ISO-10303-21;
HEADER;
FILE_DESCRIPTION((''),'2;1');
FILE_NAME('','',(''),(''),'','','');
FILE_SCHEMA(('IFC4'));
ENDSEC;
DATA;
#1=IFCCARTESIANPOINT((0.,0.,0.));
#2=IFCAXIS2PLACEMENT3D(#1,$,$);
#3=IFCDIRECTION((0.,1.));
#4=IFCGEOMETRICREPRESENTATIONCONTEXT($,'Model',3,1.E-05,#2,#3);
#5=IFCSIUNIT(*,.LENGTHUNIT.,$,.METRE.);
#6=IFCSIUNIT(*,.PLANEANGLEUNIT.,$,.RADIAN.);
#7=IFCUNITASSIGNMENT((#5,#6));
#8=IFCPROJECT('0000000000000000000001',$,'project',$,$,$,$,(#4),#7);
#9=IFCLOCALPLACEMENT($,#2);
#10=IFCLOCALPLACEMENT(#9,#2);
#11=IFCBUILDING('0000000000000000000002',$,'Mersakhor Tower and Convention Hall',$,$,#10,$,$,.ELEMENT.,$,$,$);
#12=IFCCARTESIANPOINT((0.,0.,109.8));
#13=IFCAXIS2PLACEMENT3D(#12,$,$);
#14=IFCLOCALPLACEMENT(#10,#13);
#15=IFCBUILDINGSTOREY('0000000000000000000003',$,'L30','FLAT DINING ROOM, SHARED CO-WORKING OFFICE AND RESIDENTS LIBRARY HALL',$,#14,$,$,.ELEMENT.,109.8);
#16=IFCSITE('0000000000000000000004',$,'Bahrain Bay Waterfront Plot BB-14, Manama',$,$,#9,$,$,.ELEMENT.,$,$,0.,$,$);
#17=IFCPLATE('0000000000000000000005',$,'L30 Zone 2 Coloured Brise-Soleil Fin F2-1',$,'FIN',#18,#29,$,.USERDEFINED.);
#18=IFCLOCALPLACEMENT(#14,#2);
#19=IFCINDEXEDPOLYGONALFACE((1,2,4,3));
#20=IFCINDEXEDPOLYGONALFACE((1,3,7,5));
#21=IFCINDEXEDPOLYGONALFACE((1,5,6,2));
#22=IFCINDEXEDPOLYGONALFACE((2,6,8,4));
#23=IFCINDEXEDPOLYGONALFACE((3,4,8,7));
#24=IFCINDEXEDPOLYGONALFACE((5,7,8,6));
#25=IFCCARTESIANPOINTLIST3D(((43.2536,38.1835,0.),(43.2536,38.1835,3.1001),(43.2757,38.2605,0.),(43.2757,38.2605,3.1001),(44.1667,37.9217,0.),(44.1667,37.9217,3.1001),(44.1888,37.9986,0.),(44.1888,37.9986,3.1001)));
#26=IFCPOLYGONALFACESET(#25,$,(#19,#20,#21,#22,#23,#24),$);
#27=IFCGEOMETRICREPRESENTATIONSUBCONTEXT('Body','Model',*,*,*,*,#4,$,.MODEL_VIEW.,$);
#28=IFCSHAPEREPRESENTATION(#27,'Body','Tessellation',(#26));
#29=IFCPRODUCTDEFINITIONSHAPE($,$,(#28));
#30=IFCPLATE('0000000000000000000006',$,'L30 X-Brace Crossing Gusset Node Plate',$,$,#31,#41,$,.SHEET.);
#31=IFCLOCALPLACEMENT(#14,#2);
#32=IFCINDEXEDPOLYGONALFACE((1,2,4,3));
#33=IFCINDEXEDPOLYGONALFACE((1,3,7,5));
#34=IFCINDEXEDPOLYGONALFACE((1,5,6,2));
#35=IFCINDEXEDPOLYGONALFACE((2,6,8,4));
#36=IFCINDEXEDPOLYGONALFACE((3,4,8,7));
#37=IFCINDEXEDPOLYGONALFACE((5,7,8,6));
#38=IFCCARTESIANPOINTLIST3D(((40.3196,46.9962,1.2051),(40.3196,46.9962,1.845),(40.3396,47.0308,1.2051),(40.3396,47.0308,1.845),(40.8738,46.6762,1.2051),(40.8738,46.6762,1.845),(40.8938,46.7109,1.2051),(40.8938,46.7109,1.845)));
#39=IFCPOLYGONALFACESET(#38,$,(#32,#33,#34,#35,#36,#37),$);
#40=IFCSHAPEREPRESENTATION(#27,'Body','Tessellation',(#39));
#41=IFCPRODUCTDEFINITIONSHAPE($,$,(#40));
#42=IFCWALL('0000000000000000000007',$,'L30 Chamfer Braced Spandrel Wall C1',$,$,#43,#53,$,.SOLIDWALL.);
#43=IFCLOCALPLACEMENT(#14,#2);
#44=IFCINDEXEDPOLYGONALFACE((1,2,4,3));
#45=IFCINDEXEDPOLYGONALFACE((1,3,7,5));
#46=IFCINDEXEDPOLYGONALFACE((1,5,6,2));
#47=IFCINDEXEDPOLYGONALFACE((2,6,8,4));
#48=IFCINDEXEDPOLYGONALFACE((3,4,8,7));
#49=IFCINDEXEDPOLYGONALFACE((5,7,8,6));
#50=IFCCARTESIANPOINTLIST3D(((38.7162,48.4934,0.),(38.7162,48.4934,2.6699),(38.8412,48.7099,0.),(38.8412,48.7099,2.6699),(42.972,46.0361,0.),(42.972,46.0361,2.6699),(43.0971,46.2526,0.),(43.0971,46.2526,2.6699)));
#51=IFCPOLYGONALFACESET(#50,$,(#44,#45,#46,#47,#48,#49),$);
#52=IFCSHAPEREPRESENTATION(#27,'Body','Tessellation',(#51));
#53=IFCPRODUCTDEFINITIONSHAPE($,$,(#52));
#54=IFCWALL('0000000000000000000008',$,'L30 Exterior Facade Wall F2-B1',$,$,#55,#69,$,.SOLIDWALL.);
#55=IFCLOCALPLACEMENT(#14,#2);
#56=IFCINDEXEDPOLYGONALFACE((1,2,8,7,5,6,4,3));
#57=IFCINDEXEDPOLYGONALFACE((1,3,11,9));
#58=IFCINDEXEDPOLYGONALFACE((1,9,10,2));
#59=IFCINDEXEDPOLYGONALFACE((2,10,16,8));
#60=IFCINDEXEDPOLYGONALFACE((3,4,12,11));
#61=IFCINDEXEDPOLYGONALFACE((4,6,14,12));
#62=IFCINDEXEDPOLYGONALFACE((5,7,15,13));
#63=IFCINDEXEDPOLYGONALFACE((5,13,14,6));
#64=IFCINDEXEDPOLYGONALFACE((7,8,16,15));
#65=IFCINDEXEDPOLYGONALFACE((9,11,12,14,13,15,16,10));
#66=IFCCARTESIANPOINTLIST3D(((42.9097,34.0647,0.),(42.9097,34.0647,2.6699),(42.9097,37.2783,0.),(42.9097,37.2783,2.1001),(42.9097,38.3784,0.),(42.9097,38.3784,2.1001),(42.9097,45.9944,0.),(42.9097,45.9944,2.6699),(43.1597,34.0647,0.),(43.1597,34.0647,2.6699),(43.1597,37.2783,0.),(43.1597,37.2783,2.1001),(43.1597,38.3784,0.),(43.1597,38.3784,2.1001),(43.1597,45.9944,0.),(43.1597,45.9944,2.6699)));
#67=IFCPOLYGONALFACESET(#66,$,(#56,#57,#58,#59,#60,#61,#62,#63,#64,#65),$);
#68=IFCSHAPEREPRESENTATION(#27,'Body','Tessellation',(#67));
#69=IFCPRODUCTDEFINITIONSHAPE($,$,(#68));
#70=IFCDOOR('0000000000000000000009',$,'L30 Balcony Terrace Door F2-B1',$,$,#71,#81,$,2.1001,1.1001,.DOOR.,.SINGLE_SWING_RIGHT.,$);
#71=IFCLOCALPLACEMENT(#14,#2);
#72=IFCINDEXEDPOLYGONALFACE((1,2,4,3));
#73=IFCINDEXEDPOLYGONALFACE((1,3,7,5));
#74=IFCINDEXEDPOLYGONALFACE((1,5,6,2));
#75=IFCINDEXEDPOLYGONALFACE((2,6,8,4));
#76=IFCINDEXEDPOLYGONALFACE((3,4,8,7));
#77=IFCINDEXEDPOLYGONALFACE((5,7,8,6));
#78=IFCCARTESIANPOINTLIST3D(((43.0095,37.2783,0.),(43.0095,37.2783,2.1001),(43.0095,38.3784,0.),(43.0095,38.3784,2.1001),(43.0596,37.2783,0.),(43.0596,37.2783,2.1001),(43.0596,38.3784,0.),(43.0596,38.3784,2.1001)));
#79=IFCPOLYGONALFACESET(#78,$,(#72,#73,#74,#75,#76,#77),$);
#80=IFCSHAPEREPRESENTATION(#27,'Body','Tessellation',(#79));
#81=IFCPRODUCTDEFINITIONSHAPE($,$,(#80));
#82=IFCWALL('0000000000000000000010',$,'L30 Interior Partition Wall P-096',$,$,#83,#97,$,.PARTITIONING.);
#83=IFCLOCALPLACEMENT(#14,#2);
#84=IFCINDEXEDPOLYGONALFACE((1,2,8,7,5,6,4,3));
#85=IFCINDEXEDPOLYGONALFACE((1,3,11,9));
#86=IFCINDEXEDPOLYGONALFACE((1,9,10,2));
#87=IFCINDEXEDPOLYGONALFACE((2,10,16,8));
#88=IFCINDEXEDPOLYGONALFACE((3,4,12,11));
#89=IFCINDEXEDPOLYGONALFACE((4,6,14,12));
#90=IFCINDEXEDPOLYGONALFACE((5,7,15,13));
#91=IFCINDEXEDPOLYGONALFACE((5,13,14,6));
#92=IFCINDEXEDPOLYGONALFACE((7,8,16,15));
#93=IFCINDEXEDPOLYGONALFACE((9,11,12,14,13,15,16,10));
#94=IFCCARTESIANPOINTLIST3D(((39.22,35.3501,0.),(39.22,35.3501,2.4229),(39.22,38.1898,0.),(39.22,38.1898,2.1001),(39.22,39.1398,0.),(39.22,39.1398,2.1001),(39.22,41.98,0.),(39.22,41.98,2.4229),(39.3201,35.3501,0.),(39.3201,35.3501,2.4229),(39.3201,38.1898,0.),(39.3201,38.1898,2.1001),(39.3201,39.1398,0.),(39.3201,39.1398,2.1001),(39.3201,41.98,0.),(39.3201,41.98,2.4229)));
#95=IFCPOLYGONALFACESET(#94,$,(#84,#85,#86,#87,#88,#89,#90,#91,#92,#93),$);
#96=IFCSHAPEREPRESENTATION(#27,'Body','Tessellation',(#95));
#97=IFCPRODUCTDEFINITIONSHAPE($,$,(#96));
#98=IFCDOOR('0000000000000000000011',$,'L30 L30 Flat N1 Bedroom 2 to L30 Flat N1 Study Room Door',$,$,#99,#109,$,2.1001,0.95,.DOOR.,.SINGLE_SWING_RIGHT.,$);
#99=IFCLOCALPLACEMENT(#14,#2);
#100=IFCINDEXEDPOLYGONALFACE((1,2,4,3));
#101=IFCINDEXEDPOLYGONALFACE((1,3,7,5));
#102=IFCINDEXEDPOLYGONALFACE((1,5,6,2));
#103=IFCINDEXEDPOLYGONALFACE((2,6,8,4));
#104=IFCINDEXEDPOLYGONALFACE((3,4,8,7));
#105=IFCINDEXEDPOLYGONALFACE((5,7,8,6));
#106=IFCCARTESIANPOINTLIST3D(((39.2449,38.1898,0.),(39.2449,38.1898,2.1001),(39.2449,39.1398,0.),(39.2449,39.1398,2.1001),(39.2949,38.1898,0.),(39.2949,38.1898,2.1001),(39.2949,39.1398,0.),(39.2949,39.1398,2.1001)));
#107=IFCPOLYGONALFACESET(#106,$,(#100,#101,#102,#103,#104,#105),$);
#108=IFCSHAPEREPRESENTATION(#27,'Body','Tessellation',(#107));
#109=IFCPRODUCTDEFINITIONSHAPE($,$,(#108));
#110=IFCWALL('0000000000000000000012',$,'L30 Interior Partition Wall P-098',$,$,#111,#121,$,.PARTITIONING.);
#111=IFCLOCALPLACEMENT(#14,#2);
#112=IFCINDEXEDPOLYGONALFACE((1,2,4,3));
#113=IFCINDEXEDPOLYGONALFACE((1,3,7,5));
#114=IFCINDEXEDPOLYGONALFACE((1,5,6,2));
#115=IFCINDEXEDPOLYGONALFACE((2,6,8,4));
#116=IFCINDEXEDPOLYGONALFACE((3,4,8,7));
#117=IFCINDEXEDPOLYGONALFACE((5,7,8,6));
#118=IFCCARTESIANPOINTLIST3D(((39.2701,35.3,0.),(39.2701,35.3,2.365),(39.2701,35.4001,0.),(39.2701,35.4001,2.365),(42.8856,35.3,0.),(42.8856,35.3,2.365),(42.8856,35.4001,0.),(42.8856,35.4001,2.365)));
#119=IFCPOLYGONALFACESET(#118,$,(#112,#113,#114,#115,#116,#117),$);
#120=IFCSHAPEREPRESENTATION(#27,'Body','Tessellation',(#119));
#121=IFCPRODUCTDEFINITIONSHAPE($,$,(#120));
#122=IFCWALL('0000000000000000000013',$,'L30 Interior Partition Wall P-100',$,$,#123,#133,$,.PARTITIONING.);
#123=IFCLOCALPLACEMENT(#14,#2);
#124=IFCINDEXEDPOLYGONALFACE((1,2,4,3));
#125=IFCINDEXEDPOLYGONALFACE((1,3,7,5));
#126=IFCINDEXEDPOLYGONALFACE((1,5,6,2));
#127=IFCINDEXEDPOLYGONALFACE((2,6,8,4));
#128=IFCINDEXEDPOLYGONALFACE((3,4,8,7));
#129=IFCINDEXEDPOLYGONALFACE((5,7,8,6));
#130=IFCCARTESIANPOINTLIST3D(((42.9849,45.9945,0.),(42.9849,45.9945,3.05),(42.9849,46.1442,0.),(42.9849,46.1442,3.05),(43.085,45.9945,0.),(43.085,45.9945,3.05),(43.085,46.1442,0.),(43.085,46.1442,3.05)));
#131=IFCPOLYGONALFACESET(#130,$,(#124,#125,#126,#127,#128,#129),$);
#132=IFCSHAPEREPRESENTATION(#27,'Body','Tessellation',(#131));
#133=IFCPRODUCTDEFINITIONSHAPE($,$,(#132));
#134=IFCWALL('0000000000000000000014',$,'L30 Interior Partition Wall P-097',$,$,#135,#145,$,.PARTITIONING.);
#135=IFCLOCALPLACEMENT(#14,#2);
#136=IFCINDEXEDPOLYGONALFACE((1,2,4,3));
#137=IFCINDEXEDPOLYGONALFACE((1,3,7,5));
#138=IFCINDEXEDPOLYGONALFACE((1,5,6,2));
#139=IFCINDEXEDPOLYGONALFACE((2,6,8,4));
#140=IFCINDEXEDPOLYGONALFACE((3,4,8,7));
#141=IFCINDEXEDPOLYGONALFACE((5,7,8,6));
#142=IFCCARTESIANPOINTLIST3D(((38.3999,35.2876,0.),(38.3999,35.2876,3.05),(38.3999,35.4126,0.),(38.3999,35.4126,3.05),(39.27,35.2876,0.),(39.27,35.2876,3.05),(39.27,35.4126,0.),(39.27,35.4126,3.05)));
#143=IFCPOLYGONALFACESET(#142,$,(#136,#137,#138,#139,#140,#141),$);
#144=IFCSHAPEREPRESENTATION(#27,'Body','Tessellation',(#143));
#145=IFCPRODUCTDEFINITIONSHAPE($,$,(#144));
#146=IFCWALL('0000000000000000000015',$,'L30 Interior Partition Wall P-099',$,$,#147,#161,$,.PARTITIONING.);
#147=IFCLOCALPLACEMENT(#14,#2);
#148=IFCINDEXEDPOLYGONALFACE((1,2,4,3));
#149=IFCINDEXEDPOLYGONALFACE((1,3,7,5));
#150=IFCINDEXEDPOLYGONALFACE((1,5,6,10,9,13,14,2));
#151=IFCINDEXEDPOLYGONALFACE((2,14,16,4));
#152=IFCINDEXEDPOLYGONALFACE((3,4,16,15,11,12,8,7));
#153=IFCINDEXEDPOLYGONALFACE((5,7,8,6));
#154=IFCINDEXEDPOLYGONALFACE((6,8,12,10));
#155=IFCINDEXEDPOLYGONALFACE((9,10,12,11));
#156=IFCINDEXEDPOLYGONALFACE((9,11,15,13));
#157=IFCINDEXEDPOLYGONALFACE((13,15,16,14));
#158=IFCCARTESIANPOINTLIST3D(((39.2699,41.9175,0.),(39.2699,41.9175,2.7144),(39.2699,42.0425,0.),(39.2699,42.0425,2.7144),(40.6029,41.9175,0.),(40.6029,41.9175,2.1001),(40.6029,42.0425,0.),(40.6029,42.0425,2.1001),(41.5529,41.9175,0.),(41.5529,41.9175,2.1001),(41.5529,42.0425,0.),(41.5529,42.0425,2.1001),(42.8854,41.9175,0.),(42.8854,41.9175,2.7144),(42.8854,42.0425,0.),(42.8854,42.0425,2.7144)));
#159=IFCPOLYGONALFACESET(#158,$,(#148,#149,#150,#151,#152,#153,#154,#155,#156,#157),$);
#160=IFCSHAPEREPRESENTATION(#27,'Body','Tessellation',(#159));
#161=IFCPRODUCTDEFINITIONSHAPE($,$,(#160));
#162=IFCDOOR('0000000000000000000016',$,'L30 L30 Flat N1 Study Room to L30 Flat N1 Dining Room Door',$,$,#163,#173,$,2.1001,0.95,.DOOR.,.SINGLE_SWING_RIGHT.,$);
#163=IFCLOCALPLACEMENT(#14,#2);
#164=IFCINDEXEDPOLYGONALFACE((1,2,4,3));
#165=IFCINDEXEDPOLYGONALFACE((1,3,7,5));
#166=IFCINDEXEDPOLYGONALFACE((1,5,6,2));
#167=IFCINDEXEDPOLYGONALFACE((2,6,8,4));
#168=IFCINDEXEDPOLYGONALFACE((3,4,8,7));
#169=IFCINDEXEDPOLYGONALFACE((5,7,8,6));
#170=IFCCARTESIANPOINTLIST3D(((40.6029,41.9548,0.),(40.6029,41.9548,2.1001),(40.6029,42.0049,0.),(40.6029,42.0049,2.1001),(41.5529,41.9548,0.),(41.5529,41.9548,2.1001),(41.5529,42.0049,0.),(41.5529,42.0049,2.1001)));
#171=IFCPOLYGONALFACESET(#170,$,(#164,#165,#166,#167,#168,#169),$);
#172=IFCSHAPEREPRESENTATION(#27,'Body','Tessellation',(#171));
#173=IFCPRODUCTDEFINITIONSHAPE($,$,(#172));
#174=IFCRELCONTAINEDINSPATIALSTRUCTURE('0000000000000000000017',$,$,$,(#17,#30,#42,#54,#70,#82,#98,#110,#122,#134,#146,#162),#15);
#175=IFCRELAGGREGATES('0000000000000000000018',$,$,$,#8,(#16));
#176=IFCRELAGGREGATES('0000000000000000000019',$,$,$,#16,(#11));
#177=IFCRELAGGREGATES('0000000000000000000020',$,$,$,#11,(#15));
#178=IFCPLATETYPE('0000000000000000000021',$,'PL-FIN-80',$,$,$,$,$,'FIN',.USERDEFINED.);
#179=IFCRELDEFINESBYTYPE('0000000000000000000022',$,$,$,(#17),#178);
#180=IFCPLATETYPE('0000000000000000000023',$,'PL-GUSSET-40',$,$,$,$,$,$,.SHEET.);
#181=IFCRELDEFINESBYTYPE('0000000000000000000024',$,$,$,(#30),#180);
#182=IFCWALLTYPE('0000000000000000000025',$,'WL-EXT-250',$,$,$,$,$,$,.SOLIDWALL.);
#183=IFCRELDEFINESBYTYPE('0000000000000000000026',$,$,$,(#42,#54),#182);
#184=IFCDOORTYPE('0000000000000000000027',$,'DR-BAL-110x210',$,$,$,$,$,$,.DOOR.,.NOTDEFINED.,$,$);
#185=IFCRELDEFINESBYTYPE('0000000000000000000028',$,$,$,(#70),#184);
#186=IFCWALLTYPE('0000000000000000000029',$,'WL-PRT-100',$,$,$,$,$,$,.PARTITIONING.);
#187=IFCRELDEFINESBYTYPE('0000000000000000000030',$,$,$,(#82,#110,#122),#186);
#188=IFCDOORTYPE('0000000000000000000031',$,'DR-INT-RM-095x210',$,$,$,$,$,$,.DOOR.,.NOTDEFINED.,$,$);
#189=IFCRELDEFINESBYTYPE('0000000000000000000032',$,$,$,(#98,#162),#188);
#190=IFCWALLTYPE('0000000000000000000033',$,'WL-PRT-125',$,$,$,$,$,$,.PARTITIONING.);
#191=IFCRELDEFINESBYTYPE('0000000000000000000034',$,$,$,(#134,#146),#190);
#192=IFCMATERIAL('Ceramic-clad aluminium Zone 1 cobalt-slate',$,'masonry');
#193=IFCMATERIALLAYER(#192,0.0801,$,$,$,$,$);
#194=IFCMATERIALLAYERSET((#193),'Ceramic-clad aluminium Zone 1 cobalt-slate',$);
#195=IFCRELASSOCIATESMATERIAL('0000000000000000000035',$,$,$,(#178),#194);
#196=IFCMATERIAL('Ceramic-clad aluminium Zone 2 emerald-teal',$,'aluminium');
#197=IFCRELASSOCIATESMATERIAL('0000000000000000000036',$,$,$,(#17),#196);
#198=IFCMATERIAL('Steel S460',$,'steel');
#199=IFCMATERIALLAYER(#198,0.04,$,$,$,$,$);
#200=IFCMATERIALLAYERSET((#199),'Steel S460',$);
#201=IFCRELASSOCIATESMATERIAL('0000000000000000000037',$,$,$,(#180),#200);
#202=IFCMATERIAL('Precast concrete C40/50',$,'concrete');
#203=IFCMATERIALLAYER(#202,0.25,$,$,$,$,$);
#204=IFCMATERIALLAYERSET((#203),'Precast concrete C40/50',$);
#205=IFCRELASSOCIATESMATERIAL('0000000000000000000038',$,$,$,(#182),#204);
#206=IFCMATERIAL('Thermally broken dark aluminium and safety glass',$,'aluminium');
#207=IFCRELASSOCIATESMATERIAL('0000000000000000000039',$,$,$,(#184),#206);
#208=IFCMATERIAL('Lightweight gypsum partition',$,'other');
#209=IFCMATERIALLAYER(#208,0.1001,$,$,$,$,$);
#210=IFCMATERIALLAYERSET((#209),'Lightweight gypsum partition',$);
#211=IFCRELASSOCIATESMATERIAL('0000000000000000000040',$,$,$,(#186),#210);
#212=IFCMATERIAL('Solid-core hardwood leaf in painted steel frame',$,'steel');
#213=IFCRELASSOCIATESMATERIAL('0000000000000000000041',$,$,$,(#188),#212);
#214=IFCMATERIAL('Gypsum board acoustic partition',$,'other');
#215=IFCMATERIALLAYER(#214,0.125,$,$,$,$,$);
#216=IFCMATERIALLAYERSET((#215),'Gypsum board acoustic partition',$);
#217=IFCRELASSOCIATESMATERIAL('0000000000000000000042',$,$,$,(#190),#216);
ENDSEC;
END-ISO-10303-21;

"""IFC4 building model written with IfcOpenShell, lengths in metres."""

from ifc_helpers import new_model, si_unit, direction, frame, frame_2d, origin, origin_2d, place, context, subcontext, project, spatial, rectangle, extrude, material, layer, layer_set, type_object, element, fill, save


model = new_model("IFC4")

# Units and contexts
model_context = context("Model", 3, precision=1e-05, world=origin(), true_north=direction((0.0, 1.0)))
body_context = subcontext(model_context, "Body", "Model", "MODEL_VIEW")
ifc_project = project(units=[si_unit("LENGTHUNIT", "METRE"), si_unit("PLANEANGLEUNIT", "RADIAN")], contexts=[model_context])

# Site, building, storey
site_placement = place(None, origin())
site = spatial("IfcSite", under=ifc_project, at=site_placement, Name="Bahrain Bay Waterfront Plot BB-14, Manama", CompositionType="ELEMENT", RefElevation=0.0)
building_placement = place(site_placement, origin())
building = spatial("IfcBuilding", under=site, at=building_placement, Name="Mersakhor Tower and Convention Hall", CompositionType="ELEMENT")
storey_placement = place(building_placement, frame((0.0, 0.0, 109.8)))
storey = spatial("IfcBuildingStorey", under=building, at=storey_placement, Name="L30", Description="FLAT DINING ROOM, SHARED CO-WORKING OFFICE AND RESIDENTS LIBRARY HALL", CompositionType="ELEMENT", Elevation=109.8)

# Plates
ifc_material_1 = material(Name="Ceramic-clad aluminium Zone 2 emerald-teal", Category="aluminium")
ifc_material_2 = material(Name="Ceramic-clad aluminium Zone 1 cobalt-slate", Category="masonry")
ifc_layer_1 = layer(ifc_material_2, 0.0801)
ifc_layer_set_1 = layer_set([ifc_layer_1], Name="Ceramic-clad aluminium Zone 1 cobalt-slate")
plate_type_1 = type_object("IfcPlateType", Name="PL-FIN-80", ElementType="FIN", PredefinedType="USERDEFINED", material=ifc_layer_set_1)
plate_1_placement = place(storey_placement, frame((43.7212, 38.0911, 0.0), z_axis=(0.0, 0.0, 1.0), x_axis=(0.961262, -0.275637, 0.0)))
element("IfcPlate", 1, at=plate_1_placement, inside=storey, type_object=plate_type_1, material=ifc_material_1, Name="L30 Zone 2 Coloured Brise-Soleil Fin F2-1", ObjectType="FIN", PredefinedType="USERDEFINED", context=body_context, shape_type="SweptSolid", body=[
    extrude(rectangle(XDim=0.95, YDim=0.0801, at=origin_2d()), origin(), (0.0, 0.0, 1.0), 3.1001),
])
ifc_material_3 = material(Name="Steel S460", Category="steel")
ifc_layer_2 = layer(ifc_material_3, 0.04)
ifc_layer_set_2 = layer_set([ifc_layer_2], Name="Steel S460")
plate_type_2 = type_object("IfcPlateType", Name="PL-GUSSET-40", PredefinedType="SHEET", material=ifc_layer_set_2)
plate_2_placement = place(storey_placement, frame((40.6067, 46.8535, 1.2051), z_axis=(0.0, 0.0, 1.0), x_axis=(-0.866025, 0.5, 0.0)))
element("IfcPlate", 2, at=plate_2_placement, inside=storey, type_object=plate_type_2, Name="L30 X-Brace Crossing Gusset Node Plate", PredefinedType="SHEET", context=body_context, shape_type="SweptSolid", body=[
    extrude(rectangle(XDim=0.6399, YDim=0.04, at=origin_2d()), origin(), (0.0, 0.0, 1.0), 0.6399),
])

# Wall
ifc_material_4 = material(Name="Precast concrete C40/50", Category="concrete")
ifc_layer_3 = layer(ifc_material_4, 0.25)
ifc_layer_set_3 = layer_set([ifc_layer_3], Name="Precast concrete C40/50")
wall_type_1 = type_object("IfcWallType", Name="WL-EXT-250", PredefinedType="SOLIDWALL", material=ifc_layer_set_3)
wall_1_placement = place(storey_placement, frame((38.7788, 48.6016, 0.0), z_axis=(0.0, 0.0, 1.0), x_axis=(0.866012, -0.500023, 0.0)))
element("IfcWall", 3, at=wall_1_placement, inside=storey, type_object=wall_type_1, Name="L30 Chamfer Braced Spandrel Wall C1", PredefinedType="SOLIDWALL", context=body_context, shape_type="SweptSolid", body=[
    extrude(rectangle(XDim=4.9143, YDim=0.25, at=frame_2d((2.457, 0.0))), origin(), (0.0, 0.0, 1.0), 2.6699),
])

# Walls, openings, doors
wall_2_placement = place(storey_placement, frame((43.0347, 45.9944, 0.0), z_axis=(0.0, 0.0, 1.0), x_axis=(0.0, -1.0, 0.0)))
wall_2 = element("IfcWall", 4, at=wall_2_placement, inside=storey, type_object=wall_type_1, Name="L30 Exterior Facade Wall F2-B1", PredefinedType="SOLIDWALL", context=body_context, shape_type="SweptSolid", body=[
    extrude(rectangle(XDim=11.9297, YDim=0.25, at=frame_2d((5.9648, 0.0))), origin(), (0.0, 0.0, 1.0), 2.6699),
])
opening_1_placement = place(wall_2_placement, frame((7.616, 0.0, 0.0)))
opening_1 = element("IfcOpeningElement", 5, at=opening_1_placement, cuts=wall_2, PredefinedType="OPENING", context=body_context, shape_type="SweptSolid", body=[
    extrude(rectangle(XDim=1.1001, YDim=2.1001, at=frame_2d((0.55, 1.05))), frame((0.0, 0.135, 0.0), z_axis=(0.0, -1.0, 0.0), x_axis=(1.0, 0.0, 0.0)), (0.0, 0.0, 1.0), 0.27),
])
ifc_material_5 = material(Name="Thermally broken dark aluminium and safety glass", Category="aluminium")
door_type_1 = type_object("IfcDoorType", Name="DR-BAL-110x210", OperationType="NOTDEFINED", PredefinedType="DOOR", material=ifc_material_5)
door_1_placement = place(opening_1_placement, origin())
door_1 = element("IfcDoor", 6, at=door_1_placement, inside=storey, type_object=door_type_1, Name="L30 Balcony Terrace Door F2-B1", OperationType="SINGLE_SWING_RIGHT", OverallHeight=2.1001, OverallWidth=1.1001, PredefinedType="DOOR", context=body_context, shape_type="SweptSolid", body=[
    extrude(rectangle(XDim=1.1001, YDim=2.1001, at=frame_2d((0.55, 1.05))), frame((0.0, 0.0249, 0.0), z_axis=(0.0, -1.0, 0.0), x_axis=(1.0, 0.0, 0.0)), (0.0, 0.0, 1.0), 0.05),
])
fill(opening_1, door_1)
ifc_material_6 = material(Name="Lightweight gypsum partition", Category="other")
ifc_layer_4 = layer(ifc_material_6, 0.1001)
ifc_layer_set_4 = layer_set([ifc_layer_4], Name="Lightweight gypsum partition")
wall_type_2 = type_object("IfcWallType", Name="WL-PRT-100", PredefinedType="PARTITIONING", material=ifc_layer_set_4)
wall_3_placement = place(storey_placement, frame((39.27, 41.98, 0.0), z_axis=(0.0, 0.0, 1.0), x_axis=(0.0, -1.0, 0.0)))
wall_3 = element("IfcWall", 7, at=wall_3_placement, inside=storey, type_object=wall_type_2, Name="L30 Interior Partition Wall P-096", PredefinedType="PARTITIONING", context=body_context, shape_type="SweptSolid", body=[
    extrude(rectangle(XDim=6.6299, YDim=0.1001, at=frame_2d((3.3149, 0.0))), origin(), (0.0, 0.0, 1.0), 2.4229),
])
opening_2_placement = place(wall_3_placement, frame((2.8401, 0.0, 0.0)))
opening_2 = element("IfcOpeningElement", 8, at=opening_2_placement, cuts=wall_3, PredefinedType="OPENING", context=body_context, shape_type="SweptSolid", body=[
    extrude(rectangle(XDim=0.95, YDim=2.1001, at=frame_2d((0.4751, 1.05))), frame((0.0, 0.0601, 0.0), z_axis=(0.0, -1.0, 0.0), x_axis=(1.0, 0.0, 0.0)), (0.0, 0.0, 1.0), 0.1201),
])
ifc_material_7 = material(Name="Solid-core hardwood leaf in painted steel frame", Category="steel")
door_type_2 = type_object("IfcDoorType", Name="DR-INT-RM-095x210", OperationType="NOTDEFINED", PredefinedType="DOOR", material=ifc_material_7)
door_2_placement = place(opening_2_placement, origin())
door_2 = element("IfcDoor", 9, at=door_2_placement, inside=storey, type_object=door_type_2, Name="L30 L30 Flat N1 Bedroom 2 to L30 Flat N1 Study Room Door", OperationType="SINGLE_SWING_RIGHT", OverallHeight=2.1001, OverallWidth=0.95, PredefinedType="DOOR", context=body_context, shape_type="SweptSolid", body=[
    extrude(rectangle(XDim=0.95, YDim=2.1001, at=frame_2d((0.4751, 1.05))), frame((0.0, 0.0249, 0.0), z_axis=(0.0, -1.0, 0.0), x_axis=(1.0, 0.0, 0.0)), (0.0, 0.0, 1.0), 0.05),
])
fill(opening_2, door_2)

# Walls
wall_4_placement = place(storey_placement, frame((42.8855, 35.3501, 0.0), z_axis=(0.0, 0.0, 1.0), x_axis=(-1.0, 0.0, 0.0)))
element("IfcWall", 10, at=wall_4_placement, inside=storey, type_object=wall_type_2, Name="L30 Interior Partition Wall P-098", PredefinedType="PARTITIONING", context=body_context, shape_type="SweptSolid", body=[
    extrude(rectangle(XDim=3.6155, YDim=0.1001, at=frame_2d((1.8076, 0.0))), origin(), (0.0, 0.0, 1.0), 2.365),
])
wall_5_placement = place(storey_placement, frame((43.0349, 46.144, 0.0), z_axis=(0.0, 0.0, 1.0), x_axis=(0.0, -1.0, 0.0)))
element("IfcWall", 11, at=wall_5_placement, inside=storey, type_object=wall_type_2, Name="L30 Interior Partition Wall P-100", PredefinedType="PARTITIONING", context=body_context, shape_type="SweptSolid", body=[
    extrude(rectangle(XDim=0.1497, YDim=0.1001, at=frame_2d((0.0747, 0.0))), origin(), (0.0, 0.0, 1.0), 3.05),
])
ifc_material_8 = material(Name="Gypsum board acoustic partition", Category="other")
ifc_layer_5 = layer(ifc_material_8, 0.125)
ifc_layer_set_5 = layer_set([ifc_layer_5], Name="Gypsum board acoustic partition")
wall_type_3 = type_object("IfcWallType", Name="WL-PRT-125", PredefinedType="PARTITIONING", material=ifc_layer_set_5)
wall_6_placement = place(storey_placement, frame((39.27, 35.3501, 0.0), z_axis=(0.0, 0.0, 1.0), x_axis=(-1.0, 0.0, 0.0)))
element("IfcWall", 12, at=wall_6_placement, inside=storey, type_object=wall_type_3, Name="L30 Interior Partition Wall P-097", PredefinedType="PARTITIONING", context=body_context, shape_type="SweptSolid", body=[
    extrude(rectangle(XDim=0.8701, YDim=0.125, at=frame_2d((0.4351, 0.0))), origin(), (0.0, 0.0, 1.0), 3.05),
])

# Wall, opening, door
wall_7_placement = place(storey_placement, frame((39.27, 41.98, 0.0), z_axis=(0.0, 0.0, 1.0), x_axis=(1.0, 0.0, 0.0)))
wall_7 = element("IfcWall", 13, at=wall_7_placement, inside=storey, type_object=wall_type_3, Name="L30 Interior Partition Wall P-099", PredefinedType="PARTITIONING", context=body_context, shape_type="SweptSolid", body=[
    extrude(rectangle(XDim=3.6155, YDim=0.125, at=frame_2d((1.8076, 0.0))), origin(), (0.0, 0.0, 1.0), 2.7144),
])
opening_3_placement = place(wall_7_placement, frame((1.3328, 0.0, 0.0)))
opening_3 = element("IfcOpeningElement", 14, at=opening_3_placement, cuts=wall_7, PredefinedType="OPENING", context=body_context, shape_type="SweptSolid", body=[
    extrude(rectangle(XDim=0.95, YDim=2.1001, at=frame_2d((0.4751, 1.05))), frame((0.0, 0.0725, 0.0), z_axis=(0.0, -1.0, 0.0), x_axis=(1.0, 0.0, 0.0)), (0.0, 0.0, 1.0), 0.145),
])
door_3_placement = place(opening_3_placement, origin())
door_3 = element("IfcDoor", 15, at=door_3_placement, inside=storey, type_object=door_type_2, Name="L30 L30 Flat N1 Study Room to L30 Flat N1 Dining Room Door", OperationType="SINGLE_SWING_RIGHT", OverallHeight=2.1001, OverallWidth=0.95, PredefinedType="DOOR", context=body_context, shape_type="SweptSolid", body=[
    extrude(rectangle(XDim=0.95, YDim=2.1001, at=frame_2d((0.4751, 1.05))), frame((0.0, 0.0249, 0.0), z_axis=(0.0, -1.0, 0.0), x_axis=(1.0, 0.0, 0.0)), (0.0, 0.0, 1.0), 0.05),
])
fill(opening_3, door_3)

save(model, "model.ifc")
